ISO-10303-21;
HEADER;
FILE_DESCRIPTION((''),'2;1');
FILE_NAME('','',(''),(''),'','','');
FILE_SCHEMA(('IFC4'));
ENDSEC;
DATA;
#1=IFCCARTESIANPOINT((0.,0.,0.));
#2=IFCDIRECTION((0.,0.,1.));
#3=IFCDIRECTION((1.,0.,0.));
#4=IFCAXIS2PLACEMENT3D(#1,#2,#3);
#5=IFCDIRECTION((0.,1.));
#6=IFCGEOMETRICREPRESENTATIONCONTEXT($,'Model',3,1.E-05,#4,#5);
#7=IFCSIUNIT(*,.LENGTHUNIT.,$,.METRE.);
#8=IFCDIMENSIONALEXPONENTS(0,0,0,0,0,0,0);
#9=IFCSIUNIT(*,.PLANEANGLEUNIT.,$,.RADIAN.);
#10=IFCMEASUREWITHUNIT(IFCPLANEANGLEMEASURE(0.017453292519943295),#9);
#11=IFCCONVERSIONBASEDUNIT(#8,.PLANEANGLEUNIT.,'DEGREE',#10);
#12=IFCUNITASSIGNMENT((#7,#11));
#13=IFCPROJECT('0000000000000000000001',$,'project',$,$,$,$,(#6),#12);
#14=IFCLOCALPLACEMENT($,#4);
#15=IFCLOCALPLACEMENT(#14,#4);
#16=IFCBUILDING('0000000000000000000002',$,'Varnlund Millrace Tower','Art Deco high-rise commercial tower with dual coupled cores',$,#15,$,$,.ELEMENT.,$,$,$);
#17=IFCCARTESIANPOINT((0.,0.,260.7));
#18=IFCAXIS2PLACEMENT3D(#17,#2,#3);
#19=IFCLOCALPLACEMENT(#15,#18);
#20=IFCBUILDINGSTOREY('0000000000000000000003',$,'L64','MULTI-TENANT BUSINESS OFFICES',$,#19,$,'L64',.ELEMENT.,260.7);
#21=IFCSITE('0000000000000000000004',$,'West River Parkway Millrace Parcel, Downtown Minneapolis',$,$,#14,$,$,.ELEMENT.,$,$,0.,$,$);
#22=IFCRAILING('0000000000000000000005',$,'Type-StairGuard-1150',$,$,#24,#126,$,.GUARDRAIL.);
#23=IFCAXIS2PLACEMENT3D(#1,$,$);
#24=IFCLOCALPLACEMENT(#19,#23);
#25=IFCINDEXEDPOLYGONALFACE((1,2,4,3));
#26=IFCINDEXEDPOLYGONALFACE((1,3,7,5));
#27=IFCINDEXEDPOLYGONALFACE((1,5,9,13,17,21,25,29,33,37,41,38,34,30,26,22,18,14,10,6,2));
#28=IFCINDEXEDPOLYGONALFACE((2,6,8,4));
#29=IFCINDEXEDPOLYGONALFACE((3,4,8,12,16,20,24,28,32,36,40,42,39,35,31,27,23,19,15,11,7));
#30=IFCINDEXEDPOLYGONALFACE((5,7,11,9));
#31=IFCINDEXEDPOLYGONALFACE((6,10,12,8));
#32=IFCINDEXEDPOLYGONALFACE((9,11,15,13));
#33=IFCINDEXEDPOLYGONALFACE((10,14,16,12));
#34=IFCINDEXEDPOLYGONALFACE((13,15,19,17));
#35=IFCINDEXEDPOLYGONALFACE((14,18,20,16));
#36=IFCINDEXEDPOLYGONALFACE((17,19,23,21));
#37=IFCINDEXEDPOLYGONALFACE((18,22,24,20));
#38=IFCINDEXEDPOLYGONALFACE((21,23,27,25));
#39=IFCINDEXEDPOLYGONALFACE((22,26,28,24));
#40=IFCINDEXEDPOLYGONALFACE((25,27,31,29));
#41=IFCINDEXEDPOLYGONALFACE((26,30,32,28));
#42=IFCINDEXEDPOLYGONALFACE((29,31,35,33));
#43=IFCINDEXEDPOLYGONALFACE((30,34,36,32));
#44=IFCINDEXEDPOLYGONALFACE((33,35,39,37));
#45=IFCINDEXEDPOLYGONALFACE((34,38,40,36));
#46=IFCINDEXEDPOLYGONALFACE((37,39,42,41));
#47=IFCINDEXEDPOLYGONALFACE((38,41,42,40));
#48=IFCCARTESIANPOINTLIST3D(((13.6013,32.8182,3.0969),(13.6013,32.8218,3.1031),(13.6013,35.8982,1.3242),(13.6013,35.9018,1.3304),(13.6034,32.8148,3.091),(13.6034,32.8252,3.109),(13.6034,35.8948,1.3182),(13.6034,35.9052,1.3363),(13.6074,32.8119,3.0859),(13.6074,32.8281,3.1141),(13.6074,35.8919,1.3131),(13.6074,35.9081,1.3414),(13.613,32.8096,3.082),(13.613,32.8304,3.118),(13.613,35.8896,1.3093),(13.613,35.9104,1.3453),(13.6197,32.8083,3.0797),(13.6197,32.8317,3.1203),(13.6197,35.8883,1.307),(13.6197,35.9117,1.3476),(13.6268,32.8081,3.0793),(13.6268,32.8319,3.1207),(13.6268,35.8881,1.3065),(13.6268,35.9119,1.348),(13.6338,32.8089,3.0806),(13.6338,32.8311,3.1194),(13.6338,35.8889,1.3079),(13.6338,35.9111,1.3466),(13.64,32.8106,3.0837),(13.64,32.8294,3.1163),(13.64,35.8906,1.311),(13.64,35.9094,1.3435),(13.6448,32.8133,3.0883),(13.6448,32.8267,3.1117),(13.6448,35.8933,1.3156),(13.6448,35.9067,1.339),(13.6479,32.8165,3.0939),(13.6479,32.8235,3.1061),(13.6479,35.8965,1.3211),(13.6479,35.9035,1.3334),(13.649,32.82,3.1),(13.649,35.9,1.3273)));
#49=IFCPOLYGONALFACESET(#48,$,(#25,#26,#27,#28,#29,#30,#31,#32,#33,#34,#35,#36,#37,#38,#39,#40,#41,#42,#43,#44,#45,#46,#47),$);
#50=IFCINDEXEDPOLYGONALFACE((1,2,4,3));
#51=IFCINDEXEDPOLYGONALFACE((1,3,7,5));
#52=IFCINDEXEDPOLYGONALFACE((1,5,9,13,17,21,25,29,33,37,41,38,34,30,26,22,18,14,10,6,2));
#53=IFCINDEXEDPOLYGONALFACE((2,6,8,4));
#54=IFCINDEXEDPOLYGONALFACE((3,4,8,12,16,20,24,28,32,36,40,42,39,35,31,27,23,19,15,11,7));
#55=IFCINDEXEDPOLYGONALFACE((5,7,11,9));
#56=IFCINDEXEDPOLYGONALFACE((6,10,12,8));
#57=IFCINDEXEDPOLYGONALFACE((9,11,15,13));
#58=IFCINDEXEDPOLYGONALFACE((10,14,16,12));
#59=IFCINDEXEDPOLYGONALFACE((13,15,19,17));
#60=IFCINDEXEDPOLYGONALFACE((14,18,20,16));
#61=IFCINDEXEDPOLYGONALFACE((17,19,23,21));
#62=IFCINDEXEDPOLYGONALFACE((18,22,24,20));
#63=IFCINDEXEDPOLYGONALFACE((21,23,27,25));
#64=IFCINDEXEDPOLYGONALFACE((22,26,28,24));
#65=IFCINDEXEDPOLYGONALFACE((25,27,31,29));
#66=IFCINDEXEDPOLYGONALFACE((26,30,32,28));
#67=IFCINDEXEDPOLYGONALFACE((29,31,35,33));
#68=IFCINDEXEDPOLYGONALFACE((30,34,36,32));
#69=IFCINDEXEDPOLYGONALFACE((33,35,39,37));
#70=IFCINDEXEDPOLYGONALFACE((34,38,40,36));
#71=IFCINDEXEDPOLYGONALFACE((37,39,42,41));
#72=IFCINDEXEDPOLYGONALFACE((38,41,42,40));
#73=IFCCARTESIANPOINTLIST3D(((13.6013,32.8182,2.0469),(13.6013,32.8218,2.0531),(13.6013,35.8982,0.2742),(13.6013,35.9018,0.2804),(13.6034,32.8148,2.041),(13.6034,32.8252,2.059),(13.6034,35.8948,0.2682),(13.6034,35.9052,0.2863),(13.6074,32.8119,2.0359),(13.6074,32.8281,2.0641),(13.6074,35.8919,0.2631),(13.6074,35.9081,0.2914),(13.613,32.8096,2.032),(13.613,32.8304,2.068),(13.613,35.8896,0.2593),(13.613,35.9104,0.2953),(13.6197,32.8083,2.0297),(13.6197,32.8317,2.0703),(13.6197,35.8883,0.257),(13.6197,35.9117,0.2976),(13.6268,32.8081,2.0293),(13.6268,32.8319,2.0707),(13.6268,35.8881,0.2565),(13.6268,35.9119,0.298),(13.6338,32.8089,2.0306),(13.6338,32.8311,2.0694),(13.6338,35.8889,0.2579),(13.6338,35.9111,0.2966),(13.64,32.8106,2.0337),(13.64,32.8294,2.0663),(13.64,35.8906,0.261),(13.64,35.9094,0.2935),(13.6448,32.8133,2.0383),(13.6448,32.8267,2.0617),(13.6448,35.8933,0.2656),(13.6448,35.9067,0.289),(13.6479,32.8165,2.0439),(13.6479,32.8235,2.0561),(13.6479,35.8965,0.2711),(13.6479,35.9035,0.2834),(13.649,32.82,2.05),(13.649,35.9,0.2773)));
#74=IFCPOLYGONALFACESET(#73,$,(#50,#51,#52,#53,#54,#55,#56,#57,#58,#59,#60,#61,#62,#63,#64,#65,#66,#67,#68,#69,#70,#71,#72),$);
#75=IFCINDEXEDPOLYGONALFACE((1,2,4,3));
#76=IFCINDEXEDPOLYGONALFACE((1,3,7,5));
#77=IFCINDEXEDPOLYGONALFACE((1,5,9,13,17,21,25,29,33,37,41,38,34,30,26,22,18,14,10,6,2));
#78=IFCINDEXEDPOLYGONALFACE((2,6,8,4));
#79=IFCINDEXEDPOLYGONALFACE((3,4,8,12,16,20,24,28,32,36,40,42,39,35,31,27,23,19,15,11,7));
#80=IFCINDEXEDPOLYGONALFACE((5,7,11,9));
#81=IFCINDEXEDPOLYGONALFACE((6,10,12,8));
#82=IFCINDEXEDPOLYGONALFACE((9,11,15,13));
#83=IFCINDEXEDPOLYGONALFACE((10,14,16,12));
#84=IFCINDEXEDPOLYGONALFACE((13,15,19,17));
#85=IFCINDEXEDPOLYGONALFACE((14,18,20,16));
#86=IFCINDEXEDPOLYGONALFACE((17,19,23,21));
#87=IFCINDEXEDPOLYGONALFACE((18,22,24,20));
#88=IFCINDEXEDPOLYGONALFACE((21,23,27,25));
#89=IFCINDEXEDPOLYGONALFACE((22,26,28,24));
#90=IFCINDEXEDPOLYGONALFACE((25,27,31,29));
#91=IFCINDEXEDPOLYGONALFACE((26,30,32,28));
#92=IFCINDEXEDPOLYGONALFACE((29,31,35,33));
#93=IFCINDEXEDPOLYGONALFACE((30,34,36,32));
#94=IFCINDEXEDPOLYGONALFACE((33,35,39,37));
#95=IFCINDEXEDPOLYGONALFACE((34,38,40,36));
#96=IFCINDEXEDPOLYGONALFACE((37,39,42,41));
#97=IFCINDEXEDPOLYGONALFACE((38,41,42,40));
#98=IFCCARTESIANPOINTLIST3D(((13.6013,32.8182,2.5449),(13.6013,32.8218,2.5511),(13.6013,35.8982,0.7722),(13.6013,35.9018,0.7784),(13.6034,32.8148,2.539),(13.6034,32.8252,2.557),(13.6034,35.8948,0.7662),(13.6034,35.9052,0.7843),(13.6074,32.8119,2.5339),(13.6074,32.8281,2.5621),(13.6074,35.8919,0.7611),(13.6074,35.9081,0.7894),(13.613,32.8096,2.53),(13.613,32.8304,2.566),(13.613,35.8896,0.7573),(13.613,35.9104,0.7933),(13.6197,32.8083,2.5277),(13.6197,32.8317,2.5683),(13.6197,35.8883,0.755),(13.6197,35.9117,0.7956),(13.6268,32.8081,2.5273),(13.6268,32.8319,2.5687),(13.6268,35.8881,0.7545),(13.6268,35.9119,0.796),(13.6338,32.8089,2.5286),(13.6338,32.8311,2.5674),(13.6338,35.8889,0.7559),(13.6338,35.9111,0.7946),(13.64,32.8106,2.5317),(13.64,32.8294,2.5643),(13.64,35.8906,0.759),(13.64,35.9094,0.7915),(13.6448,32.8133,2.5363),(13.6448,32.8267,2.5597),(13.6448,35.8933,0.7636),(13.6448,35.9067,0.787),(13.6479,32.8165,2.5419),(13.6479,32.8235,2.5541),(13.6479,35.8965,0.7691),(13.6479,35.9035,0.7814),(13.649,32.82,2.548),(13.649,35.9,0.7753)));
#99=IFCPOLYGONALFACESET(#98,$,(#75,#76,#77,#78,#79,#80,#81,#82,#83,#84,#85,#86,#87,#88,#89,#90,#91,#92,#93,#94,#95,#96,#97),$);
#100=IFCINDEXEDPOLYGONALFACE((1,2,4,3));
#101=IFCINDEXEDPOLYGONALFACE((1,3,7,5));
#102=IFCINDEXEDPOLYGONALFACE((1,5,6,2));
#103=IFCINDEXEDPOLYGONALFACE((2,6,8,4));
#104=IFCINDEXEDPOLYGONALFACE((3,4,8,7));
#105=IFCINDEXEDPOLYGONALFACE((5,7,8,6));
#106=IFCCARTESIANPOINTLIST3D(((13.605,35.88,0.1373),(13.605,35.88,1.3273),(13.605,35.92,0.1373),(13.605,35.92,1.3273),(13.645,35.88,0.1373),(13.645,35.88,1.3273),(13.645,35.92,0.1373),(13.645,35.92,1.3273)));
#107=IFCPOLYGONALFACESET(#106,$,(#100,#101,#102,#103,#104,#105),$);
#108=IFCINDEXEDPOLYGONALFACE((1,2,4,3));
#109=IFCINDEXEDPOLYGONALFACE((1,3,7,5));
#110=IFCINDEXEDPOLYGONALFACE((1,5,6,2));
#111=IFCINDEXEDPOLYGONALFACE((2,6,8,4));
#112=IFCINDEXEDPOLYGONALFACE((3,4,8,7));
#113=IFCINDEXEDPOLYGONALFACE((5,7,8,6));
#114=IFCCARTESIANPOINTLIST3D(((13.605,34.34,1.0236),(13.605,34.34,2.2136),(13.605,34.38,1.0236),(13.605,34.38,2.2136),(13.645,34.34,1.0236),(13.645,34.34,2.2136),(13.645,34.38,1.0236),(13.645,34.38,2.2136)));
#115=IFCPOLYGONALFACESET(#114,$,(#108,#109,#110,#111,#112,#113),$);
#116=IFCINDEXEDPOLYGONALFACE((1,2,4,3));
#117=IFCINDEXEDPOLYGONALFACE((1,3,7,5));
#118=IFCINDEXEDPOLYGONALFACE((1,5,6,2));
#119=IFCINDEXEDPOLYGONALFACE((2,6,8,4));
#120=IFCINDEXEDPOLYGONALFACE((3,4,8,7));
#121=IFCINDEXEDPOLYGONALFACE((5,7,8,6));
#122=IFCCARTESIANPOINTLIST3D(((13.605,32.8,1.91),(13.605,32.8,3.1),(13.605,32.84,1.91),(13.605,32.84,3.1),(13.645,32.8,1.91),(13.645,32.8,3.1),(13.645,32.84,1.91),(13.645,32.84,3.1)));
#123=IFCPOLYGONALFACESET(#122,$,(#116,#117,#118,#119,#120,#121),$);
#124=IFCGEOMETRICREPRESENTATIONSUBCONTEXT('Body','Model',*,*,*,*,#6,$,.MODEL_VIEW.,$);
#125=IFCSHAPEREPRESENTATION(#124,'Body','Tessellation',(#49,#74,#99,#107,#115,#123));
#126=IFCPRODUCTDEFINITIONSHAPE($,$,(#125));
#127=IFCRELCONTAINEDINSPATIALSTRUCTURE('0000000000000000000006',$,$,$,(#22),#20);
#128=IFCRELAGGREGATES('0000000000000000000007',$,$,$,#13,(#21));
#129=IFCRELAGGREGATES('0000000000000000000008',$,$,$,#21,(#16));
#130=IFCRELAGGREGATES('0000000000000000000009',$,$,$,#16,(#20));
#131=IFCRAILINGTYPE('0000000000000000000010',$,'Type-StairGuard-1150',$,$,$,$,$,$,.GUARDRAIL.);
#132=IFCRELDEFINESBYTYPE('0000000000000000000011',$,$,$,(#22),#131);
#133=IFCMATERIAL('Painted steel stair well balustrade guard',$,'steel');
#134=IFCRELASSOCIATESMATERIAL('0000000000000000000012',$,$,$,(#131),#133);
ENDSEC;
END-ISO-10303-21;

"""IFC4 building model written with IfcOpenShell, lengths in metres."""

from ifc_helpers import new_model, entity, si_unit, converted_unit, direction, frame, origin_with_axes, origin_2d_with_axis, place, context, subcontext, project, spatial, rectangle, circle, extrude, material, type_object, element, save


model = new_model("IFC4")

# Units and contexts
model_context = context("Model", 3, precision=1e-05, world=origin_with_axes(), true_north=direction((0.0, 1.0)))
body_context = subcontext(model_context, "Body", "Model", "MODEL_VIEW")
ifc_project = project(units=[si_unit("LENGTHUNIT", "METRE"), converted_unit("PLANEANGLEUNIT", "DEGREE", entity("IfcPlaneAngleMeasure", 0.017453292519943295), si_unit("PLANEANGLEUNIT", "RADIAN"), dimensions=[0, 0, 0, 0, 0, 0, 0])], contexts=[model_context])

# Site, building, storey
site_placement = place(None, origin_with_axes())
site = spatial("IfcSite", under=ifc_project, at=site_placement, Name="West River Parkway Millrace Parcel, Downtown Minneapolis", CompositionType="ELEMENT", RefElevation=0.0)
building_placement = place(site_placement, origin_with_axes())
building = spatial("IfcBuilding", under=site, at=building_placement, Name="Varnlund Millrace Tower", Description="Art Deco high-rise commercial tower with dual coupled cores", CompositionType="ELEMENT")
storey_placement = place(building_placement, frame((0.0, 0.0, 260.7), z_axis=(0.0, 0.0, 1.0), x_axis=(1.0, 0.0, 0.0)))
storey = spatial("IfcBuildingStorey", under=building, at=storey_placement, Name="L64", Description="MULTI-TENANT BUSINESS OFFICES", LongName="L64", CompositionType="ELEMENT", Elevation=260.7)

# Railing
ifc_material_1 = material(Name="Painted steel stair well balustrade guard", Category="steel")
railing_type_1 = type_object("IfcRailingType", Name="Type-StairGuard-1150", PredefinedType="GUARDRAIL", material=ifc_material_1)
railing_1_placement = place(storey_placement, frame((0.0, 0.0, -260.7), z_axis=(0.0, 0.0, 1.0), x_axis=(1.0, 0.0, 0.0)))
element("IfcRailing", 1, at=railing_1_placement, inside=storey, type_object=railing_type_1, Name="Type-StairGuard-1150", PredefinedType="GUARDRAIL", context=body_context, shape_type="SweptSolid", body=[
    extrude(circle(Radius=0.024, at=origin_2d_with_axis()), frame((13.625, 35.9, 262.0273), z_axis=(0.0, -0.866696, 0.498836), x_axis=(1.0, 0.0, 0.0)), (0.0, 0.0, 1.0), 3.5537),
    extrude(circle(Radius=0.024, at=origin_2d_with_axis()), frame((13.625, 35.9, 260.9773), z_axis=(0.0, -0.866696, 0.498836), x_axis=(1.0, 0.0, 0.0)), (0.0, 0.0, 1.0), 3.5537),
    extrude(circle(Radius=0.024, at=origin_2d_with_axis()), frame((13.625, 35.9, 261.4753), z_axis=(0.0, -0.866696, 0.498836), x_axis=(1.0, 0.0, 0.0)), (0.0, 0.0, 1.0), 3.5537),
    extrude(rectangle(XDim=0.04, YDim=0.04, at=origin_2d_with_axis()), frame((13.625, 35.9, 260.8373), z_axis=(0.0, 0.0, 1.0), x_axis=(1.0, 0.0, 0.0)), (0.0, 0.0, 1.0), 1.19),
    extrude(rectangle(XDim=0.04, YDim=0.04, at=origin_2d_with_axis()), frame((13.625, 34.36, 261.7236), z_axis=(0.0, 0.0, 1.0), x_axis=(1.0, 0.0, 0.0)), (0.0, 0.0, 1.0), 1.19),
    extrude(rectangle(XDim=0.04, YDim=0.04, at=origin_2d_with_axis()), frame((13.625, 32.82, 262.61), z_axis=(0.0, 0.0, 1.0), x_axis=(1.0, 0.0, 0.0)), (0.0, 0.0, 1.0), 1.19),
])

save(model, "model.ifc")
